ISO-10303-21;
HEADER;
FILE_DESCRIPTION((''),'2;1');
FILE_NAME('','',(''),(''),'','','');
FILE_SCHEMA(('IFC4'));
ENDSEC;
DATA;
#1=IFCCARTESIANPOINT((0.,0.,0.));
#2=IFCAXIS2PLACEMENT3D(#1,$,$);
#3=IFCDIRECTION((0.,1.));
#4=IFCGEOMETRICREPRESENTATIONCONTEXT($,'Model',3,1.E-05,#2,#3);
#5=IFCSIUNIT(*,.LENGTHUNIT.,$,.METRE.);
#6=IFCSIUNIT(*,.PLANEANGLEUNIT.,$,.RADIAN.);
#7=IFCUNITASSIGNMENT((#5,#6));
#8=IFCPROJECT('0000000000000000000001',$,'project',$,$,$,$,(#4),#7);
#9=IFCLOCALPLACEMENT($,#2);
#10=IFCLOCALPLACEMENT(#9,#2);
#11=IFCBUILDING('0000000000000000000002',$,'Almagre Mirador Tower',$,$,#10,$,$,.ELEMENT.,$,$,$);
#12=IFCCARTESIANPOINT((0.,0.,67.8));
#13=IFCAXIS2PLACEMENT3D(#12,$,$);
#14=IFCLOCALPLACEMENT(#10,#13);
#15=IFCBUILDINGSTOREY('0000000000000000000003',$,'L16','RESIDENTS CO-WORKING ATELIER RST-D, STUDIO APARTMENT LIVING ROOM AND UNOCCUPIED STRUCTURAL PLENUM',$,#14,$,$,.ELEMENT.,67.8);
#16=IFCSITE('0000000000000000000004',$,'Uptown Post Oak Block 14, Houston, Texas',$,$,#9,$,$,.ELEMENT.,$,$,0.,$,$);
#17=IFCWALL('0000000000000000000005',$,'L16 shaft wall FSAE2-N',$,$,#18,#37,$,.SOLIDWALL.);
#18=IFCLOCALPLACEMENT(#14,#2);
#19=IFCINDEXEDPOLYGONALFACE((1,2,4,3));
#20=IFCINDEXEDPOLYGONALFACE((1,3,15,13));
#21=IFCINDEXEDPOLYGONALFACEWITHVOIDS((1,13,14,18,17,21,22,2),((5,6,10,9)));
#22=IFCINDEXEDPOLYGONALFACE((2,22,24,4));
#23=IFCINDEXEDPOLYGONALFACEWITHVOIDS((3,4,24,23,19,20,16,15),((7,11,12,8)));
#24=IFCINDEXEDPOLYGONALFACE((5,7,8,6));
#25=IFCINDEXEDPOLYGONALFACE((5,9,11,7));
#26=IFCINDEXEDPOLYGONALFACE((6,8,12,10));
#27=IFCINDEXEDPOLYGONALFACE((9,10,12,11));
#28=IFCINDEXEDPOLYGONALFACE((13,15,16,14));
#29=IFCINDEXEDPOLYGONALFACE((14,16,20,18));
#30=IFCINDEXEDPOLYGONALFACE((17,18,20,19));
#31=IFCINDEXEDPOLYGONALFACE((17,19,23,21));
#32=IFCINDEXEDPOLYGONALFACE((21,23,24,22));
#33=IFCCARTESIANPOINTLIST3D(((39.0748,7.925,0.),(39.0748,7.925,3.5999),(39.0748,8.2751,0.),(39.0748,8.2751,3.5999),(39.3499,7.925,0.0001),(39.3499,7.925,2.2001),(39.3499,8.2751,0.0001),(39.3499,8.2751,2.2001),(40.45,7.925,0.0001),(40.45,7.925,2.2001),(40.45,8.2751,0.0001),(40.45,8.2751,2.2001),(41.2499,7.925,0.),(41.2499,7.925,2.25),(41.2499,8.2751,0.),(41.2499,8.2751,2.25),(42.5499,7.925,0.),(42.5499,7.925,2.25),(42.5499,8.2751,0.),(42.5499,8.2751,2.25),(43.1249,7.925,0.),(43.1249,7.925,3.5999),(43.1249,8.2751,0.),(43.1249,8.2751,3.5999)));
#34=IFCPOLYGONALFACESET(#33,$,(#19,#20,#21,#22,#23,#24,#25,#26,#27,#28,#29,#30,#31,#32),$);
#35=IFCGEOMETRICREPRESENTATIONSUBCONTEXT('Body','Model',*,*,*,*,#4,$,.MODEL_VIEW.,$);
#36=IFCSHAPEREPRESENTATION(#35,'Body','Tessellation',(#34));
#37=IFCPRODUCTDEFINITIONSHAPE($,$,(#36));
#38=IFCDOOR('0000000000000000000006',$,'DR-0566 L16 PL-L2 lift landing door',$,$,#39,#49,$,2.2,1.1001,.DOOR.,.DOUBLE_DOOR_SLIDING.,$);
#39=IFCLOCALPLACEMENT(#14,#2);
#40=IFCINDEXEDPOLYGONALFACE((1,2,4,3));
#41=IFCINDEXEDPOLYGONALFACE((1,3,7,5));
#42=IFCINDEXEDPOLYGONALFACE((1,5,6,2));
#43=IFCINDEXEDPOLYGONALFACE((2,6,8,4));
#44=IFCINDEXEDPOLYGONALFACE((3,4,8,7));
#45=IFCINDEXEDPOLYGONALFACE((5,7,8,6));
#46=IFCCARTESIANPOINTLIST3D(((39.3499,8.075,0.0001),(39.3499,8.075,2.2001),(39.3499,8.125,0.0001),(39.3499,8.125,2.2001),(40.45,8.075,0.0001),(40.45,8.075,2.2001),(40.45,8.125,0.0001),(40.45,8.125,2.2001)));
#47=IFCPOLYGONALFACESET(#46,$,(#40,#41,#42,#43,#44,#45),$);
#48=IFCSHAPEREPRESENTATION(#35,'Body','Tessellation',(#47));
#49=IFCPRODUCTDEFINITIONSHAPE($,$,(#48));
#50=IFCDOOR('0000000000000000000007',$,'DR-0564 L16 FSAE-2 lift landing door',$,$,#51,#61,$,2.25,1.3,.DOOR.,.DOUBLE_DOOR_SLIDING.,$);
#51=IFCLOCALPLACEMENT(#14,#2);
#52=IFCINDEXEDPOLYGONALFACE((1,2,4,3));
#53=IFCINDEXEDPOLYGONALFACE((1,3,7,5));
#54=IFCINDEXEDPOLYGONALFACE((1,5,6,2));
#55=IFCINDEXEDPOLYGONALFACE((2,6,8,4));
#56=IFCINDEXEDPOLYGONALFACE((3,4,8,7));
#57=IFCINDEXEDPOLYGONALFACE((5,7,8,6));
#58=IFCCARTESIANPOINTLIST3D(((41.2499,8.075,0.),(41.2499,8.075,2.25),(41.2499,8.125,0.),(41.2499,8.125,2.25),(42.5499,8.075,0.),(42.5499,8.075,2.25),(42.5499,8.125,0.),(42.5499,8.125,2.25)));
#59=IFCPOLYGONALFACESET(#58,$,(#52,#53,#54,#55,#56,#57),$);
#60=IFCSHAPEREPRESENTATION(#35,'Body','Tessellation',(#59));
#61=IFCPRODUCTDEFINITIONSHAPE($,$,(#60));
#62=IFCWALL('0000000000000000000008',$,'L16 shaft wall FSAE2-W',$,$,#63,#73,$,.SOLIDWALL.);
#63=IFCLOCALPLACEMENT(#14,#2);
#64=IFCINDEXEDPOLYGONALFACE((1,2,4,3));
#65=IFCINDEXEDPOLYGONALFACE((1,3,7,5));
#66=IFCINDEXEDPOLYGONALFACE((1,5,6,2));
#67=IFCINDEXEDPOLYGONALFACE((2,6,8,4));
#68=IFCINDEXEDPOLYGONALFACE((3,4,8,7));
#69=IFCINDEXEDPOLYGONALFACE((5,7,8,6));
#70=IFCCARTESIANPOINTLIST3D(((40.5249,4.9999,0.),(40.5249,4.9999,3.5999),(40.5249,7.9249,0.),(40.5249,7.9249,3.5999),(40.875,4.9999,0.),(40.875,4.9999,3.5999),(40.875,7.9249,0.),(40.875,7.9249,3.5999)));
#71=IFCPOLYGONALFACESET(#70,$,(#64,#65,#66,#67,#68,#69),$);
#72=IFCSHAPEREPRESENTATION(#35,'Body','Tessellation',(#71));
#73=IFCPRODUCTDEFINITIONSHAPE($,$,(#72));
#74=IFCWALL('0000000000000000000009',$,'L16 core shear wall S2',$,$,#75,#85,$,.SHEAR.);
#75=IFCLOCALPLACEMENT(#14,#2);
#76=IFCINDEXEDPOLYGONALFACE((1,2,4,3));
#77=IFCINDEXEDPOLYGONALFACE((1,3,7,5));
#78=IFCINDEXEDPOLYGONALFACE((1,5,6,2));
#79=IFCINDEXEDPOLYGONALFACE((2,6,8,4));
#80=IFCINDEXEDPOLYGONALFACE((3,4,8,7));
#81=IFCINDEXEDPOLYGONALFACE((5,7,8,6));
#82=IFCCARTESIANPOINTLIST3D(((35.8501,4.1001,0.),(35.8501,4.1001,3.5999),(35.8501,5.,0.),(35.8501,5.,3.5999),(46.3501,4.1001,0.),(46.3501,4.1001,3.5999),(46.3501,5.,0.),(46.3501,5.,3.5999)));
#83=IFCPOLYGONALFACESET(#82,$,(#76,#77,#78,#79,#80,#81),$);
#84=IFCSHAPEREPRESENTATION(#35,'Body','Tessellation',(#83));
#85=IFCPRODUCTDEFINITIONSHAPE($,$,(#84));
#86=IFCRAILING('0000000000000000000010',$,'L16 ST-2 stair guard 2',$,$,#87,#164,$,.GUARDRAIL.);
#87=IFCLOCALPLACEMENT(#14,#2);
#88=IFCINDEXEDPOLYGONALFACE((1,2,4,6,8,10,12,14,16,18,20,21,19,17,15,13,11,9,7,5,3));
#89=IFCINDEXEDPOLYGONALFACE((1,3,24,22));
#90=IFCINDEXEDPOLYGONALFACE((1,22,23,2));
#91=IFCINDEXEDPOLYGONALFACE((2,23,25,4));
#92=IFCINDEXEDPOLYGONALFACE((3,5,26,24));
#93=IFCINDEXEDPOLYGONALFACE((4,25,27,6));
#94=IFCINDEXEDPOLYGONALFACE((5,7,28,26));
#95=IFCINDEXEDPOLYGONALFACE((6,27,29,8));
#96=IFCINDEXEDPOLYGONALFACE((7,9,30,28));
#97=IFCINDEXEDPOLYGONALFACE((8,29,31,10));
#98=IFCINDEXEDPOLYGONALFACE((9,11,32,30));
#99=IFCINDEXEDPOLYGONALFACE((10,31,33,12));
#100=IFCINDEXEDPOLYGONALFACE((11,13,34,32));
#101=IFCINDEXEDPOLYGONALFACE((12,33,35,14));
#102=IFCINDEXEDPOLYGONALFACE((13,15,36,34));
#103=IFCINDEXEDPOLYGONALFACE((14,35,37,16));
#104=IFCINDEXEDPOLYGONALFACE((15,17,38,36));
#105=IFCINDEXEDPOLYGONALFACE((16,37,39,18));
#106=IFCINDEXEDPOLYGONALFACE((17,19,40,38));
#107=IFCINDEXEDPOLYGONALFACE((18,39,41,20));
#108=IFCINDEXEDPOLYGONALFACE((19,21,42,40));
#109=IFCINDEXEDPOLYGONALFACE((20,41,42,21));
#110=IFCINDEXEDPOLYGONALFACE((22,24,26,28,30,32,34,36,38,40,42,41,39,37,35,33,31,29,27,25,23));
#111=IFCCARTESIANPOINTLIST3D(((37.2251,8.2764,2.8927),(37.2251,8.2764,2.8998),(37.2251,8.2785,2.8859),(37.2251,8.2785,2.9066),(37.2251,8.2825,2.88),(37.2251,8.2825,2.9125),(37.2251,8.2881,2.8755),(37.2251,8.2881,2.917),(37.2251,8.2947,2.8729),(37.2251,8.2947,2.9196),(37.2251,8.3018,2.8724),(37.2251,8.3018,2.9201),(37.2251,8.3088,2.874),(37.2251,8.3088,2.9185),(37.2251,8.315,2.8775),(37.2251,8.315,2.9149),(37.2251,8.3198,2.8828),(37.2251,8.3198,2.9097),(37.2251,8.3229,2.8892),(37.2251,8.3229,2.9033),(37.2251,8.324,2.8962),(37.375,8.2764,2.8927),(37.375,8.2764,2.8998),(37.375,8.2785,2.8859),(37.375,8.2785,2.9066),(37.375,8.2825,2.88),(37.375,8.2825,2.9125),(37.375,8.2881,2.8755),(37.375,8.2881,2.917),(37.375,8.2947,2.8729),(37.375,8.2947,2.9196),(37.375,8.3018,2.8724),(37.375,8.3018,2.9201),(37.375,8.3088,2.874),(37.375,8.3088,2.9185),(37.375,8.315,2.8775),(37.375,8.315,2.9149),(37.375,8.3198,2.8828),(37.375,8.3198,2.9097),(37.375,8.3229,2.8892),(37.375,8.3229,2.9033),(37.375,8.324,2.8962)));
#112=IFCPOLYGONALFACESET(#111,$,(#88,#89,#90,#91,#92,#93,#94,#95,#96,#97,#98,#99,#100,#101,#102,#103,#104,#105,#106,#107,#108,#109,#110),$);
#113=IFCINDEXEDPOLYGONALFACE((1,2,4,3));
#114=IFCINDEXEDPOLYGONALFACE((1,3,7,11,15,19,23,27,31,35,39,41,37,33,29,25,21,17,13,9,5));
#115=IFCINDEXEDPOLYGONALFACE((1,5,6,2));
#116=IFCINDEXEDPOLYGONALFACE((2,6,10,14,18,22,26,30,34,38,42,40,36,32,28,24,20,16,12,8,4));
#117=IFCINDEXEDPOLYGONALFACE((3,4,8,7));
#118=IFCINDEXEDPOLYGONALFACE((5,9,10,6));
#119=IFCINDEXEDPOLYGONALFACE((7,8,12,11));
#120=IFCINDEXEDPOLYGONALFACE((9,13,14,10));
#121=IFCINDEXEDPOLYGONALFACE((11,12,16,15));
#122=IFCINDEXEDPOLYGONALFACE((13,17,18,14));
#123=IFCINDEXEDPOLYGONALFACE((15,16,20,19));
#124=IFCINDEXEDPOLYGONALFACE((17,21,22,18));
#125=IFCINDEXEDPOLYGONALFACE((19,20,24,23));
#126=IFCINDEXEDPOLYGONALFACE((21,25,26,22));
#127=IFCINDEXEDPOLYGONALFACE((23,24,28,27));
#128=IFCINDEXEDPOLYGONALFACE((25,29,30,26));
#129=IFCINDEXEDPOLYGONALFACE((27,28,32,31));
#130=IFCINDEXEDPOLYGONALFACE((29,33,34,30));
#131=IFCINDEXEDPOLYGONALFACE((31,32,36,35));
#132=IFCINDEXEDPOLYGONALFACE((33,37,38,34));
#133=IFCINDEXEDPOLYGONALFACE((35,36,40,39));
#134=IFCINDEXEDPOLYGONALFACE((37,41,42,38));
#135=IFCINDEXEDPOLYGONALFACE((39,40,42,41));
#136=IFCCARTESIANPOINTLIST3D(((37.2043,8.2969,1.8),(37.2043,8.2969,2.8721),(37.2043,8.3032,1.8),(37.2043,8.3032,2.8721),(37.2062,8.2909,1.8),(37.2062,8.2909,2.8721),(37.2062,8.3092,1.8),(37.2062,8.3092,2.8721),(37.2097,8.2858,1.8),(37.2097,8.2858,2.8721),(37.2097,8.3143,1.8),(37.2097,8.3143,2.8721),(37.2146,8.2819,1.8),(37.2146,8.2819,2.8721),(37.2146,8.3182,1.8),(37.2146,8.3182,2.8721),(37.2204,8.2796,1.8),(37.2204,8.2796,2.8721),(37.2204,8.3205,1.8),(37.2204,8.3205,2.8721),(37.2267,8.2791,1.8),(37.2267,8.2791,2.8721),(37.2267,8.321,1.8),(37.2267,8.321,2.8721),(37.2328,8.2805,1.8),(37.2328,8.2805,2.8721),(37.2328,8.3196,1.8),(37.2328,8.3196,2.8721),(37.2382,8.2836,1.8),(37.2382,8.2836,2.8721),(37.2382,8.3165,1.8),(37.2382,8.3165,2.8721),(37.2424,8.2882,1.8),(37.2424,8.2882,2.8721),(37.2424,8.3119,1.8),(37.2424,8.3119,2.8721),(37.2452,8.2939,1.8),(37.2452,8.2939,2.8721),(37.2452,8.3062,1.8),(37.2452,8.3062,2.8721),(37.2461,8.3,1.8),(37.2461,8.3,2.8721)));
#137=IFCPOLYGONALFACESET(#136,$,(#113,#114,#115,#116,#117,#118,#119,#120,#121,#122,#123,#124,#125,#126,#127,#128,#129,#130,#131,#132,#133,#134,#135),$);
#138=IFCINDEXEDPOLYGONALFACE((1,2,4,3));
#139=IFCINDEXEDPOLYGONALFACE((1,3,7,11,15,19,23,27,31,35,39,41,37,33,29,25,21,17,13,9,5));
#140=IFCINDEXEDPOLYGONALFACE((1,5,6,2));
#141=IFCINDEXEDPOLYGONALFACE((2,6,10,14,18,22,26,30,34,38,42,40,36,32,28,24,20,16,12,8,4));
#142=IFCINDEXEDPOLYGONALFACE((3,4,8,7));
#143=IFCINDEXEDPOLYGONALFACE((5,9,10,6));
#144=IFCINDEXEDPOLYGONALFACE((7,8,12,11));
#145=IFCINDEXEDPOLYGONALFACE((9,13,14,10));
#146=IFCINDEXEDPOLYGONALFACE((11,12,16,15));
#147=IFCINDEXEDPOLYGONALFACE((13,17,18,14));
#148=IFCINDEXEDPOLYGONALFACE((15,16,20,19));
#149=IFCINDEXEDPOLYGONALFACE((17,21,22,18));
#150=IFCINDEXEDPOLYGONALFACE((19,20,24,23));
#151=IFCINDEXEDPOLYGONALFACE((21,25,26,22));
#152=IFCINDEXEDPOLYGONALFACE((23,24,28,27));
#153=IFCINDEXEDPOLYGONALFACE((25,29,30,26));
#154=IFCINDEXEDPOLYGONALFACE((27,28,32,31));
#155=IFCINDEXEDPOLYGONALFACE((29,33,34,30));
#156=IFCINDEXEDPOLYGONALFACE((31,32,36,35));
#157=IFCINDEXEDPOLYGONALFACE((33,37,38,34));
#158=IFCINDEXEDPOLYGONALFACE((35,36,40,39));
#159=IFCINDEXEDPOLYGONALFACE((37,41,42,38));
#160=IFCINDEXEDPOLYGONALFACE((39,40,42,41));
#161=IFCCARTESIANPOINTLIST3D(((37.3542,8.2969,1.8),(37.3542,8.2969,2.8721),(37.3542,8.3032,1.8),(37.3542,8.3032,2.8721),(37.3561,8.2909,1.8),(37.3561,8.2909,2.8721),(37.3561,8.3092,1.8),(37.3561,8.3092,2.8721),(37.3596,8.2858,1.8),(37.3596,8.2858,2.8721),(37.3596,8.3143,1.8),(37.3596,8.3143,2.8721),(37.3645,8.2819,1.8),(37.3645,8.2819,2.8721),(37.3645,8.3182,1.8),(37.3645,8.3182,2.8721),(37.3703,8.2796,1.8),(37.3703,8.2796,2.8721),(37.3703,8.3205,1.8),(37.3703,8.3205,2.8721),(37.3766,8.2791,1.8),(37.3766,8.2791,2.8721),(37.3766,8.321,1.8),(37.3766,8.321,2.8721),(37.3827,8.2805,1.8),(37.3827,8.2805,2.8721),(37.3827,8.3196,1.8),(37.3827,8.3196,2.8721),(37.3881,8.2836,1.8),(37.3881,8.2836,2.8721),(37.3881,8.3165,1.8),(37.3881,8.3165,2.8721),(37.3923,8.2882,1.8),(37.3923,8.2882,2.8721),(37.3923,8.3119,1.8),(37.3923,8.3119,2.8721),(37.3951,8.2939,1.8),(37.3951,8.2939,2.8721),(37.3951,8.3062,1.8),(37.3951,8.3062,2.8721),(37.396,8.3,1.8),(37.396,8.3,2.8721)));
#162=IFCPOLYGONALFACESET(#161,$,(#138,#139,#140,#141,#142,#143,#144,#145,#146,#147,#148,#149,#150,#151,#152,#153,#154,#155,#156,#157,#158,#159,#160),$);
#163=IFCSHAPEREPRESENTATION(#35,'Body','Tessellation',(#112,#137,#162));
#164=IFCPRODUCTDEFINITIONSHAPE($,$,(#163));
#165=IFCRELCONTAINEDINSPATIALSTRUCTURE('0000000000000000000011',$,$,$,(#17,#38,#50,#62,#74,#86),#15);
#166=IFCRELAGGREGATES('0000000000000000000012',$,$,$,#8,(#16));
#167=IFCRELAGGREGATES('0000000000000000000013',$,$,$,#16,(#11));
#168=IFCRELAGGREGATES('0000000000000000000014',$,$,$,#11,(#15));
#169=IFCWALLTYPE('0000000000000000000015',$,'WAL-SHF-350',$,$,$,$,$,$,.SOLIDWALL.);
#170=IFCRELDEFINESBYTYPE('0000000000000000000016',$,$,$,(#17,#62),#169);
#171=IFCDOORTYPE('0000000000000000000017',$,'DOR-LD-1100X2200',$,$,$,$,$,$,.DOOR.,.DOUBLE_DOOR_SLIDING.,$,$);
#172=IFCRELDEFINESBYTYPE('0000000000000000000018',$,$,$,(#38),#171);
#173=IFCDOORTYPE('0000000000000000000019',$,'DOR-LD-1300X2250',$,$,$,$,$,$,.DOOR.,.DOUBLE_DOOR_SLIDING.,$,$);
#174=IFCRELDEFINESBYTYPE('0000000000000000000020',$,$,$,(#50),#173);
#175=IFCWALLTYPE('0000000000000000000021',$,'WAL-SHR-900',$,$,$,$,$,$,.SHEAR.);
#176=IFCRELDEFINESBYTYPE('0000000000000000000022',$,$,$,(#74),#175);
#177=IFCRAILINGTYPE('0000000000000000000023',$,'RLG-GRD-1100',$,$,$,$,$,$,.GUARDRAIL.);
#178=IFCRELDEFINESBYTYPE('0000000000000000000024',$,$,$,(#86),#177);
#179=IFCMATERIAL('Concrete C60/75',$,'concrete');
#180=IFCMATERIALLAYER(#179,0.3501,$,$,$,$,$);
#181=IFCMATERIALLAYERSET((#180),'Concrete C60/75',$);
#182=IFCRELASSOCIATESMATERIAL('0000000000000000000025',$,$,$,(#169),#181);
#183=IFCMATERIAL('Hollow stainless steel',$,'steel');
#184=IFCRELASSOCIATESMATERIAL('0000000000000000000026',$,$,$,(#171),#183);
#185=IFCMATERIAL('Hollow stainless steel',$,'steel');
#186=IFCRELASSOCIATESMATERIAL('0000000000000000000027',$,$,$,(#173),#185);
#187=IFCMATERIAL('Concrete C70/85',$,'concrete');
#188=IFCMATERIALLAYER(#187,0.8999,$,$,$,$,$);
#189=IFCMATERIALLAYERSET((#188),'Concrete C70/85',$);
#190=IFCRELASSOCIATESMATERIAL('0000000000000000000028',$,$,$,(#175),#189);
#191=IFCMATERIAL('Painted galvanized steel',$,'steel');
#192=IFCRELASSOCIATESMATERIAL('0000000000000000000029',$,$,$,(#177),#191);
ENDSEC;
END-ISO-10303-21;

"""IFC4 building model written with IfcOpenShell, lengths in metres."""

from ifc_helpers import new_model, si_unit, direction, frame, frame_2d, origin, origin_2d, place, context, subcontext, project, spatial, rectangle, circle, extrude, material, layer, layer_set, type_object, element, fill, save


model = new_model("IFC4")

# Units and contexts
model_context = context("Model", 3, precision=1e-05, world=origin(), true_north=direction((0.0, 1.0)))
body_context = subcontext(model_context, "Body", "Model", "MODEL_VIEW")
ifc_project = project(units=[si_unit("LENGTHUNIT", "METRE"), si_unit("PLANEANGLEUNIT", "RADIAN")], contexts=[model_context])

# Site, building, storey
site_placement = place(None, origin())
site = spatial("IfcSite", under=ifc_project, at=site_placement, Name="Uptown Post Oak Block 14, Houston, Texas", CompositionType="ELEMENT", RefElevation=0.0)
building_placement = place(site_placement, origin())
building = spatial("IfcBuilding", under=site, at=building_placement, Name="Almagre Mirador Tower", CompositionType="ELEMENT")
storey_placement = place(building_placement, frame((0.0, 0.0, 67.8)))
storey = spatial("IfcBuildingStorey", under=building, at=storey_placement, Name="L16", Description="RESIDENTS CO-WORKING ATELIER RST-D, STUDIO APARTMENT LIVING ROOM AND UNOCCUPIED STRUCTURAL PLENUM", CompositionType="ELEMENT", Elevation=67.8)

# Shared definitions
ifc_material_1 = material(Name="Concrete C60/75", Category="concrete")
ifc_layer_1 = layer(ifc_material_1, 0.3501)
ifc_layer_set_1 = layer_set([ifc_layer_1], Name="Concrete C60/75")
wall_type_1 = type_object("IfcWallType", Name="WAL-SHF-350", PredefinedType="SOLIDWALL", material=ifc_layer_set_1)

# Wall, openings, doors
wall_1_placement = place(storey_placement, frame((39.075, 8.1001, 0.0), z_axis=(0.0, 0.0, 1.0), x_axis=(1.0, 0.0, 0.0)))
wall_1 = element("IfcWall", 1, at=wall_1_placement, inside=storey, type_object=wall_type_1, Name="L16 shaft wall FSAE2-N", PredefinedType="SOLIDWALL", context=body_context, shape_type="SweptSolid", body=[
    extrude(rectangle(XDim=4.05, YDim=0.3501, at=frame_2d((2.0249, 0.0))), origin(), (0.0, 0.0, 1.0), 3.5999),
])
opening_1_placement = place(wall_1_placement, frame((2.175, 0.0, 0.0)))
opening_1 = element("IfcOpeningElement", 2, at=opening_1_placement, cuts=wall_1, PredefinedType="OPENING", context=body_context, shape_type="SweptSolid", body=[
    extrude(rectangle(XDim=1.3, YDim=2.25, at=frame_2d((0.6499, 1.125))), frame((0.0, 0.185, 0.0), z_axis=(0.0, -1.0, 0.0), x_axis=(1.0, 0.0, 0.0)), (0.0, 0.0, 1.0), 0.3701),
])
opening_2_placement = place(wall_1_placement, frame((0.2749, 0.0, 0.0)))
opening_2 = element("IfcOpeningElement", 3, at=opening_2_placement, cuts=wall_1, PredefinedType="OPENING", context=body_context, shape_type="SweptSolid", body=[
    extrude(rectangle(XDim=1.1001, YDim=2.2, at=frame_2d((0.55, 1.1001))), frame((0.0, 0.185, 0.0), z_axis=(0.0, -1.0, 0.0), x_axis=(1.0, 0.0, 0.0)), (0.0, 0.0, 1.0), 0.3701),
])
ifc_material_2 = material(Name="Hollow stainless steel", Category="steel")
door_type_1 = type_object("IfcDoorType", Name="DOR-LD-1100X2200", OperationType="DOUBLE_DOOR_SLIDING", PredefinedType="DOOR", material=ifc_material_2)
door_1_placement = place(opening_2_placement, origin())
door_1 = element("IfcDoor", 4, at=door_1_placement, inside=storey, type_object=door_type_1, Name="DR-0566 L16 PL-L2 lift landing door", OperationType="DOUBLE_DOOR_SLIDING", OverallHeight=2.2, OverallWidth=1.1001, PredefinedType="DOOR", context=body_context, shape_type="SweptSolid", body=[
    extrude(rectangle(XDim=1.1001, YDim=2.2, at=frame_2d((0.55, 1.1001))), frame((0.0, 0.0249, 0.0), z_axis=(0.0, -1.0, 0.0), x_axis=(1.0, 0.0, 0.0)), (0.0, 0.0, 1.0), 0.05),
])
fill(opening_2, door_1)
ifc_material_3 = material(Name="Hollow stainless steel", Category="steel")
door_type_2 = type_object("IfcDoorType", Name="DOR-LD-1300X2250", OperationType="DOUBLE_DOOR_SLIDING", PredefinedType="DOOR", material=ifc_material_3)
door_2_placement = place(opening_1_placement, origin())
door_2 = element("IfcDoor", 5, at=door_2_placement, inside=storey, type_object=door_type_2, Name="DR-0564 L16 FSAE-2 lift landing door", OperationType="DOUBLE_DOOR_SLIDING", OverallHeight=2.25, OverallWidth=1.3, PredefinedType="DOOR", context=body_context, shape_type="SweptSolid", body=[
    extrude(rectangle(XDim=1.3, YDim=2.25, at=frame_2d((0.6499, 1.125))), frame((0.0, 0.0249, 0.0), z_axis=(0.0, -1.0, 0.0), x_axis=(1.0, 0.0, 0.0)), (0.0, 0.0, 1.0), 0.05),
])
fill(opening_1, door_2)

# Walls
wall_2_placement = place(storey_placement, frame((40.7, 5.0, 0.0), z_axis=(0.0, 0.0, 1.0), x_axis=(0.0, 1.0, 0.0)))
element("IfcWall", 6, at=wall_2_placement, inside=storey, type_object=wall_type_1, Name="L16 shaft wall FSAE2-W", PredefinedType="SOLIDWALL", context=body_context, shape_type="SweptSolid", body=[
    extrude(rectangle(XDim=2.925, YDim=0.3501, at=frame_2d((1.4624, 0.0))), origin(), (0.0, 0.0, 1.0), 3.5999),
])
ifc_material_4 = material(Name="Concrete C70/85", Category="concrete")
ifc_layer_2 = layer(ifc_material_4, 0.8999)
ifc_layer_set_2 = layer_set([ifc_layer_2], Name="Concrete C70/85")
wall_type_2 = type_object("IfcWallType", Name="WAL-SHR-900", PredefinedType="SHEAR", material=ifc_layer_set_2)
wall_3_placement = place(storey_placement, frame((35.8501, 4.55, 0.0), z_axis=(0.0, 0.0, 1.0), x_axis=(1.0, 0.0, 0.0)))
element("IfcWall", 7, at=wall_3_placement, inside=storey, type_object=wall_type_2, Name="L16 core shear wall S2", PredefinedType="SHEAR", context=body_context, shape_type="SweptSolid", body=[
    extrude(rectangle(XDim=10.5, YDim=0.8999, at=frame_2d((5.25, 0.0))), origin(), (0.0, 0.0, 1.0), 3.5999),
])

# Railing
ifc_material_5 = material(Name="Painted galvanized steel", Category="steel")
railing_type = type_object("IfcRailingType", Name="RLG-GRD-1100", PredefinedType="GUARDRAIL", material=ifc_material_5)
railing_1_placement = place(storey_placement, frame((37.2251, 8.3, 1.8)))
element("IfcRailing", 8, at=railing_1_placement, inside=storey, type_object=railing_type, Name="L16 ST-2 stair guard 2", PredefinedType="GUARDRAIL", context=body_context, shape_type="SweptSolid", body=[
    extrude(circle(Radius=0.0239, at=origin_2d()), frame((0.0, 0.0, 1.0962), z_axis=(1.0, 0.0, 0.0), x_axis=(0.0, 1.0, 0.0)), (0.0, 0.0, 1.0), 0.1499),
    extrude(circle(Radius=0.021, at=origin_2d()), origin(), (0.0, 0.0, 1.0), 1.072),
    extrude(circle(Radius=0.021, at=origin_2d()), frame((0.1499, 0.0, 0.0)), (0.0, 0.0, 1.0), 1.072),
])

save(model, "model.ifc")
